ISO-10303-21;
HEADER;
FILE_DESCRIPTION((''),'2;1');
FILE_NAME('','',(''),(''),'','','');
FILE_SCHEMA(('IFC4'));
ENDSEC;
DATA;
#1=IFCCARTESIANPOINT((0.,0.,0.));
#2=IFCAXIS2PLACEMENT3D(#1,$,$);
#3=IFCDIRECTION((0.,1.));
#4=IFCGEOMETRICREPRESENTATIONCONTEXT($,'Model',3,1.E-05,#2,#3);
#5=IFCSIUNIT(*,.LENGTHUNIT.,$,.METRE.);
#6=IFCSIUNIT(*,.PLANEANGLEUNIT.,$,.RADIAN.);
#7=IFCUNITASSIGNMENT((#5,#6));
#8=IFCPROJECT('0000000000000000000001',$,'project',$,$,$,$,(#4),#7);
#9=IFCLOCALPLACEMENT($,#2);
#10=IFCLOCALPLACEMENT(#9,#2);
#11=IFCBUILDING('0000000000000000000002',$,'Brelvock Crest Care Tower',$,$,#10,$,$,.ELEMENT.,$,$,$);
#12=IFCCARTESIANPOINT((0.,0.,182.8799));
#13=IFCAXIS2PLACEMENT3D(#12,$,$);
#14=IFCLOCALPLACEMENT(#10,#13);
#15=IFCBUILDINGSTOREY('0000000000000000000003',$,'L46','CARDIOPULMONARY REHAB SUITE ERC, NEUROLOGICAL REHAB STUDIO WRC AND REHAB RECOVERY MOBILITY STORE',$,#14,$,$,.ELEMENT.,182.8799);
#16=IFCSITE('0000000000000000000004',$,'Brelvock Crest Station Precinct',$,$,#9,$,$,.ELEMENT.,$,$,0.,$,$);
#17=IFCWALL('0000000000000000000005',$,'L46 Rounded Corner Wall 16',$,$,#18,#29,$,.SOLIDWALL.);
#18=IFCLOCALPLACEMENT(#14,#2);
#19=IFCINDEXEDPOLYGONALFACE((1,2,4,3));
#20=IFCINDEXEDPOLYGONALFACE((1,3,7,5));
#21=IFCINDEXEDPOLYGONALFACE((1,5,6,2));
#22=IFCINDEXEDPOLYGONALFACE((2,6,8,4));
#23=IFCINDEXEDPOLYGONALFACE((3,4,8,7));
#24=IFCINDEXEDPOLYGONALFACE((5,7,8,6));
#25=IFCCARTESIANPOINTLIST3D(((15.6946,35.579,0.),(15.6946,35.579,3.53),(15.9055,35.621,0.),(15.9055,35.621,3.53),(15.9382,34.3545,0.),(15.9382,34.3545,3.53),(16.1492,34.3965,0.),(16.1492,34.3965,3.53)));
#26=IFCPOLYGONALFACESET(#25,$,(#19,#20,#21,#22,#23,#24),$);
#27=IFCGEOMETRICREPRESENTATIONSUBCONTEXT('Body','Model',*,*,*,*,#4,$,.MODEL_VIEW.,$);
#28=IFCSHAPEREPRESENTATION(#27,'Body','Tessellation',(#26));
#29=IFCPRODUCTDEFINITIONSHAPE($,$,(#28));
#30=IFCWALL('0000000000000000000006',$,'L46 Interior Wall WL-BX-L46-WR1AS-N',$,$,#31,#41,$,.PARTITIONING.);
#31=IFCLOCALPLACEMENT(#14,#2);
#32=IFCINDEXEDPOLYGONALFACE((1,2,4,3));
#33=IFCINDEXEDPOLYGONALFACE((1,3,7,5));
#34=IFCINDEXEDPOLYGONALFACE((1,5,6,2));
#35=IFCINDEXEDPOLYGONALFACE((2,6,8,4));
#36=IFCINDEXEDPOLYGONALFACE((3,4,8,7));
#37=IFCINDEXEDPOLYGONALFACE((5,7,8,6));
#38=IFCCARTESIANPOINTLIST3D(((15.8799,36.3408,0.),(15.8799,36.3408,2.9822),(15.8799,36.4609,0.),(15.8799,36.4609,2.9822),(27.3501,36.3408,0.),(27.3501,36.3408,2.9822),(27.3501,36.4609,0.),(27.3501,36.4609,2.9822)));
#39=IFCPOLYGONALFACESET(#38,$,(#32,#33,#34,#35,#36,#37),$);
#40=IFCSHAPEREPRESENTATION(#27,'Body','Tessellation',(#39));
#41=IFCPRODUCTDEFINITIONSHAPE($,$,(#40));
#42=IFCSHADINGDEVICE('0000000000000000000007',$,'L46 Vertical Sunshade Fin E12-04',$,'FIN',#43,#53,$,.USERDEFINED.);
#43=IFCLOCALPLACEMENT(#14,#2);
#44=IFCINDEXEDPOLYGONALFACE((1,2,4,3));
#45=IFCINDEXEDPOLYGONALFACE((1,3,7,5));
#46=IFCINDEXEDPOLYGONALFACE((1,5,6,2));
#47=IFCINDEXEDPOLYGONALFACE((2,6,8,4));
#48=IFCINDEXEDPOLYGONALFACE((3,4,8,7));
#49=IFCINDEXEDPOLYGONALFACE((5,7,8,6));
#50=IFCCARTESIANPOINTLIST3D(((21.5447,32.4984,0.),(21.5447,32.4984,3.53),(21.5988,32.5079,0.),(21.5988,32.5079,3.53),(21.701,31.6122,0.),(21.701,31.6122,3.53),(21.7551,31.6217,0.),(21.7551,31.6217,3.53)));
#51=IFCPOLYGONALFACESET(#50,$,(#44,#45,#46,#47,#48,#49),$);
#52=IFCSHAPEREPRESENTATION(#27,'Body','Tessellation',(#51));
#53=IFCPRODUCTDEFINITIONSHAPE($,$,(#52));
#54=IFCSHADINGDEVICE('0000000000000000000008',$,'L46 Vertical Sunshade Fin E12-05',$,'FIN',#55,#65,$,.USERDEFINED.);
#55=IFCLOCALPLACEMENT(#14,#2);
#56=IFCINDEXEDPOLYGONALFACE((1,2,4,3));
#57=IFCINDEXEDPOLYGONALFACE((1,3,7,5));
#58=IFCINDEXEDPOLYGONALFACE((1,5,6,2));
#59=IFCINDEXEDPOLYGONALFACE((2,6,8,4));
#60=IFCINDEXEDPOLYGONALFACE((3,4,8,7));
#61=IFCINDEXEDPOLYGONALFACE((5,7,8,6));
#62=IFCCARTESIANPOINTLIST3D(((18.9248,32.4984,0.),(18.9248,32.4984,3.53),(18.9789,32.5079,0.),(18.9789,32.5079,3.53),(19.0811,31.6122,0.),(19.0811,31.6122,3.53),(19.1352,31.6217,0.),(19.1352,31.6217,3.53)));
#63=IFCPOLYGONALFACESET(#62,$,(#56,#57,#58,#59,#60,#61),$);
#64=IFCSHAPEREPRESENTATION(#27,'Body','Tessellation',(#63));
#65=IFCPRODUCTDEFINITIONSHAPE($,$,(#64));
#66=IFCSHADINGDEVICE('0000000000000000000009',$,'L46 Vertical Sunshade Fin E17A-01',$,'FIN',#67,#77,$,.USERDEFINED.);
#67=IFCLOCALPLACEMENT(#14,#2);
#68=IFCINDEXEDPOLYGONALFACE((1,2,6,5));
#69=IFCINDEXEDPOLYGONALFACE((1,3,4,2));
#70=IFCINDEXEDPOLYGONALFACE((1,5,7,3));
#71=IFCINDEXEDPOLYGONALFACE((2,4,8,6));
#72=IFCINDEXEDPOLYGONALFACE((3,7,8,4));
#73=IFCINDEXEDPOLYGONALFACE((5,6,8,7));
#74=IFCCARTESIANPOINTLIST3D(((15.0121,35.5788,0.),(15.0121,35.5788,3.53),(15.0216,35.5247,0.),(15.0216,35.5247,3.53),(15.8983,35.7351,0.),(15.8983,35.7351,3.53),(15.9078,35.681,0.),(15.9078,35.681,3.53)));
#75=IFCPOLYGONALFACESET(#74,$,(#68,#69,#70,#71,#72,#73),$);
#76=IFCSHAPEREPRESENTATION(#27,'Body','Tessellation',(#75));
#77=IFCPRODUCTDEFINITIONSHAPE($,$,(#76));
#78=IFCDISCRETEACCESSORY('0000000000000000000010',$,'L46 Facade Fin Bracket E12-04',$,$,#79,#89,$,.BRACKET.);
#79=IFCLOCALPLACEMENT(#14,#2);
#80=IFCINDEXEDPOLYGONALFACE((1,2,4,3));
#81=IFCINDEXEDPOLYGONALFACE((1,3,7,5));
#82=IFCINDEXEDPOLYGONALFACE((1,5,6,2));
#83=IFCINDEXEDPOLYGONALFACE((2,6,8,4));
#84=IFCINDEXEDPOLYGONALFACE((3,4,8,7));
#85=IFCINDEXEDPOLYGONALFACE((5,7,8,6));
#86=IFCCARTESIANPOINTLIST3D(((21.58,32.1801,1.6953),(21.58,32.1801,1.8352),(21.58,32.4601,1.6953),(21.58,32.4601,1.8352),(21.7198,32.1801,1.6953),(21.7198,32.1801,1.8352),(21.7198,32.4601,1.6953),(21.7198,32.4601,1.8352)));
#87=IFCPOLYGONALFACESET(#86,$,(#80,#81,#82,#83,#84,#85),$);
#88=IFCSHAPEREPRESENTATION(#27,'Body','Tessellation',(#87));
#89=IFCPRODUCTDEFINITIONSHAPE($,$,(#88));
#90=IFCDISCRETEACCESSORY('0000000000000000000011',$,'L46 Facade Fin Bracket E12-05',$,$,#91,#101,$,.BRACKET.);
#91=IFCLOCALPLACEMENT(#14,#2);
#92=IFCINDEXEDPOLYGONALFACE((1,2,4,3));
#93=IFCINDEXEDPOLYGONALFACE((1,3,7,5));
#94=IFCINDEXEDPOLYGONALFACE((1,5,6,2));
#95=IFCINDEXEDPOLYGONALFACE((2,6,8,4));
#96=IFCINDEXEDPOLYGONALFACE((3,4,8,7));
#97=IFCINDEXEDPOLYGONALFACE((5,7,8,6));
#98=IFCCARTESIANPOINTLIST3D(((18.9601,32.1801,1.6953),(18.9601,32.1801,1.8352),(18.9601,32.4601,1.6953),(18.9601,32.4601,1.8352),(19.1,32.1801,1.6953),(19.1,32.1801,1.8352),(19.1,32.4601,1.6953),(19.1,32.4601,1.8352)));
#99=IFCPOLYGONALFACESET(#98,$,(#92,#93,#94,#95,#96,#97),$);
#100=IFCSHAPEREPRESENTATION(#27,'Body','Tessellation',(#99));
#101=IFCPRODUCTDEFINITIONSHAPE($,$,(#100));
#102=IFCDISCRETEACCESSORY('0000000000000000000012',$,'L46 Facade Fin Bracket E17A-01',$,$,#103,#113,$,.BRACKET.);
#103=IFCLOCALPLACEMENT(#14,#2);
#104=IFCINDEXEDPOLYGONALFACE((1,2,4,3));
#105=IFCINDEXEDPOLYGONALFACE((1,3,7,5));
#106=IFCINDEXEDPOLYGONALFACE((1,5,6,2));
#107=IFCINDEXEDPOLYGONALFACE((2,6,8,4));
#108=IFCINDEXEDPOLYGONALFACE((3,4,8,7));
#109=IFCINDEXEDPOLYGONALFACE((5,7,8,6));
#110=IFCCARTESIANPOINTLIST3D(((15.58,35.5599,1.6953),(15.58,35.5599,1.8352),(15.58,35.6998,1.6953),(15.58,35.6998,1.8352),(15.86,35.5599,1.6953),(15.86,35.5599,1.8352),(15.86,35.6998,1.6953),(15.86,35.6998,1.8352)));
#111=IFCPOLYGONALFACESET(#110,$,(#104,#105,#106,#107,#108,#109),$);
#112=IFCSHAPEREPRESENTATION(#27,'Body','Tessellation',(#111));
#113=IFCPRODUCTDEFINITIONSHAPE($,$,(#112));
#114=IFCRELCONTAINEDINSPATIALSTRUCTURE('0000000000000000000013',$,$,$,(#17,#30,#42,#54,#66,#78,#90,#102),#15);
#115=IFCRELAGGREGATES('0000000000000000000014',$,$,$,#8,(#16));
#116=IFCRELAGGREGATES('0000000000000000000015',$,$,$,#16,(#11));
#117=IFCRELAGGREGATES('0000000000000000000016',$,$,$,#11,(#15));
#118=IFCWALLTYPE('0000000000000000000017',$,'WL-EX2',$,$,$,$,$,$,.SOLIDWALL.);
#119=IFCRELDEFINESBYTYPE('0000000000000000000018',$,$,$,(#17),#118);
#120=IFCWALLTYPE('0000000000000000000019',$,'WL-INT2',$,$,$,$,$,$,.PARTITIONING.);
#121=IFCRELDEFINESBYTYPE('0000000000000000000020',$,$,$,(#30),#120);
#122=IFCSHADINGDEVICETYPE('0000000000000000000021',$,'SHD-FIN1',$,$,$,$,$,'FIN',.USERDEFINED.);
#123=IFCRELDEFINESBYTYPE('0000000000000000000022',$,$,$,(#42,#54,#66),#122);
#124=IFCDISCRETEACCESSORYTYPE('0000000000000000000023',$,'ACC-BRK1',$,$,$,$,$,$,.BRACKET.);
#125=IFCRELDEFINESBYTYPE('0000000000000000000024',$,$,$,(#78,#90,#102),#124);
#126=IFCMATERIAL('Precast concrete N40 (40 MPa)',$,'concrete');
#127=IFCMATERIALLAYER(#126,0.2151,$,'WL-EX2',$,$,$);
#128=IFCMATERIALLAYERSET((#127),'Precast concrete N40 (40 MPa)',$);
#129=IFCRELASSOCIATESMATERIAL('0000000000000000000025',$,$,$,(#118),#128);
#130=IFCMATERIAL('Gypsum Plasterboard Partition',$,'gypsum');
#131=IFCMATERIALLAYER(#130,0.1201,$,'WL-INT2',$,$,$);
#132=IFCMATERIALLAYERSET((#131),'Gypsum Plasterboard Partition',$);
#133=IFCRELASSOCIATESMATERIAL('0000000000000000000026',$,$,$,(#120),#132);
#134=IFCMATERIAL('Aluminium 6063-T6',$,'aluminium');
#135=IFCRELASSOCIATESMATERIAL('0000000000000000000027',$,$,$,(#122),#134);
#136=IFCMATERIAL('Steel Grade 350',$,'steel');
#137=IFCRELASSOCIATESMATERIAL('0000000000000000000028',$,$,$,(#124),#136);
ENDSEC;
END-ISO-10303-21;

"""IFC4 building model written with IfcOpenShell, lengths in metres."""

from ifc_helpers import new_model, si_unit, direction, frame, frame_2d, origin, origin_2d, place, context, subcontext, project, spatial, rectangle, extrude, source, transform, mapped, material, layer, layer_set, material_profile, profile_set, type_object, element, save


model = new_model("IFC4")

# Units and contexts
model_context = context("Model", 3, precision=1e-05, world=origin(), true_north=direction((0.0, 1.0)))
body_context = subcontext(model_context, "Body", "Model", "MODEL_VIEW")
ifc_project = project(units=[si_unit("LENGTHUNIT", "METRE"), si_unit("PLANEANGLEUNIT", "RADIAN")], contexts=[model_context])

# Site, building, storey
site_placement = place(None, origin())
site = spatial("IfcSite", under=ifc_project, at=site_placement, Name="Brelvock Crest Station Precinct", CompositionType="ELEMENT", RefElevation=0.0)
building_placement = place(site_placement, origin())
building = spatial("IfcBuilding", under=site, at=building_placement, Name="Brelvock Crest Care Tower", CompositionType="ELEMENT")
storey_placement = place(building_placement, frame((0.0, 0.0, 182.8799)))
storey = spatial("IfcBuildingStorey", under=building, at=storey_placement, Name="L46", Description="CARDIOPULMONARY REHAB SUITE ERC, NEUROLOGICAL REHAB STUDIO WRC AND REHAB RECOVERY MOBILITY STORE", CompositionType="ELEMENT", Elevation=182.8799)

# Shared definitions
ifc_material_1 = material(Name="Steel Grade 350", Category="steel")

# Shared definitions
ifc_material_2 = material(Name="Aluminium 6063-T6", Category="aluminium")

# Walls
ifc_material_3 = material(Name="Precast concrete N40 (40 MPa)", Category="concrete")
ifc_layer_1 = layer(ifc_material_3, 0.2151, Name="WL-EX2")
ifc_layer_set_1 = layer_set([ifc_layer_1], Name="Precast concrete N40 (40 MPa)")
wall_type_1 = type_object("IfcWallType", Name="WL-EX2", PredefinedType="SOLIDWALL", material=ifc_layer_set_1)
for number, where, z_axis, x_axis, name in (
    (1, (16.0437, 34.3755, 0.0), (0.0, 0.0, 1.0), (-0.195138, 0.980776, 0.0), "L46 Rounded Corner Wall 16"),
):
    element("IfcWall", number, at=place(storey_placement, frame(where, z_axis=z_axis, x_axis=x_axis)), inside=storey, type_object=wall_type_1, Name=name, PredefinedType="SOLIDWALL", context=body_context, shape_type="SweptSolid", body=[
        extrude(rectangle(XDim=1.2485, YDim=0.2151, at=frame_2d((0.6243, 0.0))), origin(), (0.0, 0.0, 1.0), 3.53),
    ])
ifc_material_4 = material(Name="Gypsum Plasterboard Partition", Category="gypsum")
ifc_layer_2 = layer(ifc_material_4, 0.1201, Name="WL-INT2")
ifc_layer_set_2 = layer_set([ifc_layer_2], Name="Gypsum Plasterboard Partition")
wall_type_2 = type_object("IfcWallType", Name="WL-INT2", PredefinedType="PARTITIONING", material=ifc_layer_set_2)
wall_placement = place(storey_placement, frame((15.8799, 36.4009, 0.0), z_axis=(0.0, 0.0, 1.0), x_axis=(1.0, 0.0, 0.0)))
element("IfcWall", 2, at=wall_placement, inside=storey, type_object=wall_type_2, Name="L46 Interior Wall WL-BX-L46-WR1AS-N", PredefinedType="PARTITIONING", context=body_context, shape_type="SweptSolid", body=[
    extrude(rectangle(XDim=11.4702, YDim=0.1201, at=frame_2d((5.7351, 0.0))), origin(), (0.0, 0.0, 1.0), 2.9822),
])

# Shading devices
ifc_material_profile_1 = material_profile(ifc_material_2, rectangle(XDim=0.0549, YDim=0.8999, at=origin_2d()), Name="FIN55x900")
ifc_profile_set_1 = profile_set([ifc_material_profile_1], Name="Aluminium 6063-T6")
shading_device_type = type_object("IfcShadingDeviceType", Name="SHD-FIN1", ElementType="FIN", PredefinedType="USERDEFINED", material=ifc_profile_set_1)
shared_shape_1 = source(origin(), body_context, "Body", "SweptSolid", [
    extrude(rectangle(XDim=0.0549, YDim=0.8999, at=origin_2d()), origin(), (0.0, 0.0, 1.0), 3.53),
])
for number, where, z_axis, x_axis, name in (
    (3, (21.6499, 32.0601, 0.0), (0.0, 0.0, 1.0), (-0.984808, -0.173648, 0.0), "L46 Vertical Sunshade Fin E12-04"),
    (4, (19.03, 32.0601, 0.0), (0.0, 0.0, 1.0), (-0.984808, -0.173648, 0.0), "L46 Vertical Sunshade Fin E12-05"),
    (5, (15.46, 35.6299, 0.0), (0.0, 0.0, 1.0), (-0.173648, 0.984808, 0.0), "L46 Vertical Sunshade Fin E17A-01"),
):
    element("IfcShadingDevice", number, at=place(storey_placement, frame(where, z_axis=z_axis, x_axis=x_axis)), inside=storey, type_object=shading_device_type, Name=name, ObjectType="FIN", PredefinedType="USERDEFINED", context=body_context, shape_type="MappedRepresentation", body=[
        mapped(shared_shape_1, transform((0.0, 0.0, 0.0), x_axis=(1.0, 0.0, 0.0), y_axis=(0.0, 1.0, 0.0), z_axis=(0.0, 0.0, 1.0), scale=1.0)),
    ])

# Discrete accessories
discrete_accessory_type = type_object("IfcDiscreteAccessoryType", Name="ACC-BRK1", PredefinedType="BRACKET", material=ifc_material_1)
shared_shape_2 = source(origin(), body_context, "Body", "SweptSolid", [
    extrude(rectangle(XDim=0.28, YDim=0.1399, at=origin_2d()), origin(), (0.0, 0.0, 1.0), 0.1399),
])
for number, where, z_axis, x_axis, name in (
    (6, (21.6499, 32.3201, 1.6953), (0.0, 0.0, 1.0), (0.0, -1.0, 0.0), "L46 Facade Fin Bracket E12-04"),
    (7, (19.03, 32.3201, 1.6953), (0.0, 0.0, 1.0), (0.0, -1.0, 0.0), "L46 Facade Fin Bracket E12-05"),
    (8, (15.72, 35.6299, 1.6953), (0.0, 0.0, 1.0), (-1.0, 0.0, 0.0), "L46 Facade Fin Bracket E17A-01"),
):
    element("IfcDiscreteAccessory", number, at=place(storey_placement, frame(where, z_axis=z_axis, x_axis=x_axis)), inside=storey, type_object=discrete_accessory_type, Name=name, PredefinedType="BRACKET", context=body_context, shape_type="MappedRepresentation", body=[
        mapped(shared_shape_2, transform((0.0, 0.0, 0.0), x_axis=(1.0, 0.0, 0.0), y_axis=(0.0, 1.0, 0.0), z_axis=(0.0, 0.0, 1.0), scale=1.0)),
    ])

save(model, "model.ifc")
